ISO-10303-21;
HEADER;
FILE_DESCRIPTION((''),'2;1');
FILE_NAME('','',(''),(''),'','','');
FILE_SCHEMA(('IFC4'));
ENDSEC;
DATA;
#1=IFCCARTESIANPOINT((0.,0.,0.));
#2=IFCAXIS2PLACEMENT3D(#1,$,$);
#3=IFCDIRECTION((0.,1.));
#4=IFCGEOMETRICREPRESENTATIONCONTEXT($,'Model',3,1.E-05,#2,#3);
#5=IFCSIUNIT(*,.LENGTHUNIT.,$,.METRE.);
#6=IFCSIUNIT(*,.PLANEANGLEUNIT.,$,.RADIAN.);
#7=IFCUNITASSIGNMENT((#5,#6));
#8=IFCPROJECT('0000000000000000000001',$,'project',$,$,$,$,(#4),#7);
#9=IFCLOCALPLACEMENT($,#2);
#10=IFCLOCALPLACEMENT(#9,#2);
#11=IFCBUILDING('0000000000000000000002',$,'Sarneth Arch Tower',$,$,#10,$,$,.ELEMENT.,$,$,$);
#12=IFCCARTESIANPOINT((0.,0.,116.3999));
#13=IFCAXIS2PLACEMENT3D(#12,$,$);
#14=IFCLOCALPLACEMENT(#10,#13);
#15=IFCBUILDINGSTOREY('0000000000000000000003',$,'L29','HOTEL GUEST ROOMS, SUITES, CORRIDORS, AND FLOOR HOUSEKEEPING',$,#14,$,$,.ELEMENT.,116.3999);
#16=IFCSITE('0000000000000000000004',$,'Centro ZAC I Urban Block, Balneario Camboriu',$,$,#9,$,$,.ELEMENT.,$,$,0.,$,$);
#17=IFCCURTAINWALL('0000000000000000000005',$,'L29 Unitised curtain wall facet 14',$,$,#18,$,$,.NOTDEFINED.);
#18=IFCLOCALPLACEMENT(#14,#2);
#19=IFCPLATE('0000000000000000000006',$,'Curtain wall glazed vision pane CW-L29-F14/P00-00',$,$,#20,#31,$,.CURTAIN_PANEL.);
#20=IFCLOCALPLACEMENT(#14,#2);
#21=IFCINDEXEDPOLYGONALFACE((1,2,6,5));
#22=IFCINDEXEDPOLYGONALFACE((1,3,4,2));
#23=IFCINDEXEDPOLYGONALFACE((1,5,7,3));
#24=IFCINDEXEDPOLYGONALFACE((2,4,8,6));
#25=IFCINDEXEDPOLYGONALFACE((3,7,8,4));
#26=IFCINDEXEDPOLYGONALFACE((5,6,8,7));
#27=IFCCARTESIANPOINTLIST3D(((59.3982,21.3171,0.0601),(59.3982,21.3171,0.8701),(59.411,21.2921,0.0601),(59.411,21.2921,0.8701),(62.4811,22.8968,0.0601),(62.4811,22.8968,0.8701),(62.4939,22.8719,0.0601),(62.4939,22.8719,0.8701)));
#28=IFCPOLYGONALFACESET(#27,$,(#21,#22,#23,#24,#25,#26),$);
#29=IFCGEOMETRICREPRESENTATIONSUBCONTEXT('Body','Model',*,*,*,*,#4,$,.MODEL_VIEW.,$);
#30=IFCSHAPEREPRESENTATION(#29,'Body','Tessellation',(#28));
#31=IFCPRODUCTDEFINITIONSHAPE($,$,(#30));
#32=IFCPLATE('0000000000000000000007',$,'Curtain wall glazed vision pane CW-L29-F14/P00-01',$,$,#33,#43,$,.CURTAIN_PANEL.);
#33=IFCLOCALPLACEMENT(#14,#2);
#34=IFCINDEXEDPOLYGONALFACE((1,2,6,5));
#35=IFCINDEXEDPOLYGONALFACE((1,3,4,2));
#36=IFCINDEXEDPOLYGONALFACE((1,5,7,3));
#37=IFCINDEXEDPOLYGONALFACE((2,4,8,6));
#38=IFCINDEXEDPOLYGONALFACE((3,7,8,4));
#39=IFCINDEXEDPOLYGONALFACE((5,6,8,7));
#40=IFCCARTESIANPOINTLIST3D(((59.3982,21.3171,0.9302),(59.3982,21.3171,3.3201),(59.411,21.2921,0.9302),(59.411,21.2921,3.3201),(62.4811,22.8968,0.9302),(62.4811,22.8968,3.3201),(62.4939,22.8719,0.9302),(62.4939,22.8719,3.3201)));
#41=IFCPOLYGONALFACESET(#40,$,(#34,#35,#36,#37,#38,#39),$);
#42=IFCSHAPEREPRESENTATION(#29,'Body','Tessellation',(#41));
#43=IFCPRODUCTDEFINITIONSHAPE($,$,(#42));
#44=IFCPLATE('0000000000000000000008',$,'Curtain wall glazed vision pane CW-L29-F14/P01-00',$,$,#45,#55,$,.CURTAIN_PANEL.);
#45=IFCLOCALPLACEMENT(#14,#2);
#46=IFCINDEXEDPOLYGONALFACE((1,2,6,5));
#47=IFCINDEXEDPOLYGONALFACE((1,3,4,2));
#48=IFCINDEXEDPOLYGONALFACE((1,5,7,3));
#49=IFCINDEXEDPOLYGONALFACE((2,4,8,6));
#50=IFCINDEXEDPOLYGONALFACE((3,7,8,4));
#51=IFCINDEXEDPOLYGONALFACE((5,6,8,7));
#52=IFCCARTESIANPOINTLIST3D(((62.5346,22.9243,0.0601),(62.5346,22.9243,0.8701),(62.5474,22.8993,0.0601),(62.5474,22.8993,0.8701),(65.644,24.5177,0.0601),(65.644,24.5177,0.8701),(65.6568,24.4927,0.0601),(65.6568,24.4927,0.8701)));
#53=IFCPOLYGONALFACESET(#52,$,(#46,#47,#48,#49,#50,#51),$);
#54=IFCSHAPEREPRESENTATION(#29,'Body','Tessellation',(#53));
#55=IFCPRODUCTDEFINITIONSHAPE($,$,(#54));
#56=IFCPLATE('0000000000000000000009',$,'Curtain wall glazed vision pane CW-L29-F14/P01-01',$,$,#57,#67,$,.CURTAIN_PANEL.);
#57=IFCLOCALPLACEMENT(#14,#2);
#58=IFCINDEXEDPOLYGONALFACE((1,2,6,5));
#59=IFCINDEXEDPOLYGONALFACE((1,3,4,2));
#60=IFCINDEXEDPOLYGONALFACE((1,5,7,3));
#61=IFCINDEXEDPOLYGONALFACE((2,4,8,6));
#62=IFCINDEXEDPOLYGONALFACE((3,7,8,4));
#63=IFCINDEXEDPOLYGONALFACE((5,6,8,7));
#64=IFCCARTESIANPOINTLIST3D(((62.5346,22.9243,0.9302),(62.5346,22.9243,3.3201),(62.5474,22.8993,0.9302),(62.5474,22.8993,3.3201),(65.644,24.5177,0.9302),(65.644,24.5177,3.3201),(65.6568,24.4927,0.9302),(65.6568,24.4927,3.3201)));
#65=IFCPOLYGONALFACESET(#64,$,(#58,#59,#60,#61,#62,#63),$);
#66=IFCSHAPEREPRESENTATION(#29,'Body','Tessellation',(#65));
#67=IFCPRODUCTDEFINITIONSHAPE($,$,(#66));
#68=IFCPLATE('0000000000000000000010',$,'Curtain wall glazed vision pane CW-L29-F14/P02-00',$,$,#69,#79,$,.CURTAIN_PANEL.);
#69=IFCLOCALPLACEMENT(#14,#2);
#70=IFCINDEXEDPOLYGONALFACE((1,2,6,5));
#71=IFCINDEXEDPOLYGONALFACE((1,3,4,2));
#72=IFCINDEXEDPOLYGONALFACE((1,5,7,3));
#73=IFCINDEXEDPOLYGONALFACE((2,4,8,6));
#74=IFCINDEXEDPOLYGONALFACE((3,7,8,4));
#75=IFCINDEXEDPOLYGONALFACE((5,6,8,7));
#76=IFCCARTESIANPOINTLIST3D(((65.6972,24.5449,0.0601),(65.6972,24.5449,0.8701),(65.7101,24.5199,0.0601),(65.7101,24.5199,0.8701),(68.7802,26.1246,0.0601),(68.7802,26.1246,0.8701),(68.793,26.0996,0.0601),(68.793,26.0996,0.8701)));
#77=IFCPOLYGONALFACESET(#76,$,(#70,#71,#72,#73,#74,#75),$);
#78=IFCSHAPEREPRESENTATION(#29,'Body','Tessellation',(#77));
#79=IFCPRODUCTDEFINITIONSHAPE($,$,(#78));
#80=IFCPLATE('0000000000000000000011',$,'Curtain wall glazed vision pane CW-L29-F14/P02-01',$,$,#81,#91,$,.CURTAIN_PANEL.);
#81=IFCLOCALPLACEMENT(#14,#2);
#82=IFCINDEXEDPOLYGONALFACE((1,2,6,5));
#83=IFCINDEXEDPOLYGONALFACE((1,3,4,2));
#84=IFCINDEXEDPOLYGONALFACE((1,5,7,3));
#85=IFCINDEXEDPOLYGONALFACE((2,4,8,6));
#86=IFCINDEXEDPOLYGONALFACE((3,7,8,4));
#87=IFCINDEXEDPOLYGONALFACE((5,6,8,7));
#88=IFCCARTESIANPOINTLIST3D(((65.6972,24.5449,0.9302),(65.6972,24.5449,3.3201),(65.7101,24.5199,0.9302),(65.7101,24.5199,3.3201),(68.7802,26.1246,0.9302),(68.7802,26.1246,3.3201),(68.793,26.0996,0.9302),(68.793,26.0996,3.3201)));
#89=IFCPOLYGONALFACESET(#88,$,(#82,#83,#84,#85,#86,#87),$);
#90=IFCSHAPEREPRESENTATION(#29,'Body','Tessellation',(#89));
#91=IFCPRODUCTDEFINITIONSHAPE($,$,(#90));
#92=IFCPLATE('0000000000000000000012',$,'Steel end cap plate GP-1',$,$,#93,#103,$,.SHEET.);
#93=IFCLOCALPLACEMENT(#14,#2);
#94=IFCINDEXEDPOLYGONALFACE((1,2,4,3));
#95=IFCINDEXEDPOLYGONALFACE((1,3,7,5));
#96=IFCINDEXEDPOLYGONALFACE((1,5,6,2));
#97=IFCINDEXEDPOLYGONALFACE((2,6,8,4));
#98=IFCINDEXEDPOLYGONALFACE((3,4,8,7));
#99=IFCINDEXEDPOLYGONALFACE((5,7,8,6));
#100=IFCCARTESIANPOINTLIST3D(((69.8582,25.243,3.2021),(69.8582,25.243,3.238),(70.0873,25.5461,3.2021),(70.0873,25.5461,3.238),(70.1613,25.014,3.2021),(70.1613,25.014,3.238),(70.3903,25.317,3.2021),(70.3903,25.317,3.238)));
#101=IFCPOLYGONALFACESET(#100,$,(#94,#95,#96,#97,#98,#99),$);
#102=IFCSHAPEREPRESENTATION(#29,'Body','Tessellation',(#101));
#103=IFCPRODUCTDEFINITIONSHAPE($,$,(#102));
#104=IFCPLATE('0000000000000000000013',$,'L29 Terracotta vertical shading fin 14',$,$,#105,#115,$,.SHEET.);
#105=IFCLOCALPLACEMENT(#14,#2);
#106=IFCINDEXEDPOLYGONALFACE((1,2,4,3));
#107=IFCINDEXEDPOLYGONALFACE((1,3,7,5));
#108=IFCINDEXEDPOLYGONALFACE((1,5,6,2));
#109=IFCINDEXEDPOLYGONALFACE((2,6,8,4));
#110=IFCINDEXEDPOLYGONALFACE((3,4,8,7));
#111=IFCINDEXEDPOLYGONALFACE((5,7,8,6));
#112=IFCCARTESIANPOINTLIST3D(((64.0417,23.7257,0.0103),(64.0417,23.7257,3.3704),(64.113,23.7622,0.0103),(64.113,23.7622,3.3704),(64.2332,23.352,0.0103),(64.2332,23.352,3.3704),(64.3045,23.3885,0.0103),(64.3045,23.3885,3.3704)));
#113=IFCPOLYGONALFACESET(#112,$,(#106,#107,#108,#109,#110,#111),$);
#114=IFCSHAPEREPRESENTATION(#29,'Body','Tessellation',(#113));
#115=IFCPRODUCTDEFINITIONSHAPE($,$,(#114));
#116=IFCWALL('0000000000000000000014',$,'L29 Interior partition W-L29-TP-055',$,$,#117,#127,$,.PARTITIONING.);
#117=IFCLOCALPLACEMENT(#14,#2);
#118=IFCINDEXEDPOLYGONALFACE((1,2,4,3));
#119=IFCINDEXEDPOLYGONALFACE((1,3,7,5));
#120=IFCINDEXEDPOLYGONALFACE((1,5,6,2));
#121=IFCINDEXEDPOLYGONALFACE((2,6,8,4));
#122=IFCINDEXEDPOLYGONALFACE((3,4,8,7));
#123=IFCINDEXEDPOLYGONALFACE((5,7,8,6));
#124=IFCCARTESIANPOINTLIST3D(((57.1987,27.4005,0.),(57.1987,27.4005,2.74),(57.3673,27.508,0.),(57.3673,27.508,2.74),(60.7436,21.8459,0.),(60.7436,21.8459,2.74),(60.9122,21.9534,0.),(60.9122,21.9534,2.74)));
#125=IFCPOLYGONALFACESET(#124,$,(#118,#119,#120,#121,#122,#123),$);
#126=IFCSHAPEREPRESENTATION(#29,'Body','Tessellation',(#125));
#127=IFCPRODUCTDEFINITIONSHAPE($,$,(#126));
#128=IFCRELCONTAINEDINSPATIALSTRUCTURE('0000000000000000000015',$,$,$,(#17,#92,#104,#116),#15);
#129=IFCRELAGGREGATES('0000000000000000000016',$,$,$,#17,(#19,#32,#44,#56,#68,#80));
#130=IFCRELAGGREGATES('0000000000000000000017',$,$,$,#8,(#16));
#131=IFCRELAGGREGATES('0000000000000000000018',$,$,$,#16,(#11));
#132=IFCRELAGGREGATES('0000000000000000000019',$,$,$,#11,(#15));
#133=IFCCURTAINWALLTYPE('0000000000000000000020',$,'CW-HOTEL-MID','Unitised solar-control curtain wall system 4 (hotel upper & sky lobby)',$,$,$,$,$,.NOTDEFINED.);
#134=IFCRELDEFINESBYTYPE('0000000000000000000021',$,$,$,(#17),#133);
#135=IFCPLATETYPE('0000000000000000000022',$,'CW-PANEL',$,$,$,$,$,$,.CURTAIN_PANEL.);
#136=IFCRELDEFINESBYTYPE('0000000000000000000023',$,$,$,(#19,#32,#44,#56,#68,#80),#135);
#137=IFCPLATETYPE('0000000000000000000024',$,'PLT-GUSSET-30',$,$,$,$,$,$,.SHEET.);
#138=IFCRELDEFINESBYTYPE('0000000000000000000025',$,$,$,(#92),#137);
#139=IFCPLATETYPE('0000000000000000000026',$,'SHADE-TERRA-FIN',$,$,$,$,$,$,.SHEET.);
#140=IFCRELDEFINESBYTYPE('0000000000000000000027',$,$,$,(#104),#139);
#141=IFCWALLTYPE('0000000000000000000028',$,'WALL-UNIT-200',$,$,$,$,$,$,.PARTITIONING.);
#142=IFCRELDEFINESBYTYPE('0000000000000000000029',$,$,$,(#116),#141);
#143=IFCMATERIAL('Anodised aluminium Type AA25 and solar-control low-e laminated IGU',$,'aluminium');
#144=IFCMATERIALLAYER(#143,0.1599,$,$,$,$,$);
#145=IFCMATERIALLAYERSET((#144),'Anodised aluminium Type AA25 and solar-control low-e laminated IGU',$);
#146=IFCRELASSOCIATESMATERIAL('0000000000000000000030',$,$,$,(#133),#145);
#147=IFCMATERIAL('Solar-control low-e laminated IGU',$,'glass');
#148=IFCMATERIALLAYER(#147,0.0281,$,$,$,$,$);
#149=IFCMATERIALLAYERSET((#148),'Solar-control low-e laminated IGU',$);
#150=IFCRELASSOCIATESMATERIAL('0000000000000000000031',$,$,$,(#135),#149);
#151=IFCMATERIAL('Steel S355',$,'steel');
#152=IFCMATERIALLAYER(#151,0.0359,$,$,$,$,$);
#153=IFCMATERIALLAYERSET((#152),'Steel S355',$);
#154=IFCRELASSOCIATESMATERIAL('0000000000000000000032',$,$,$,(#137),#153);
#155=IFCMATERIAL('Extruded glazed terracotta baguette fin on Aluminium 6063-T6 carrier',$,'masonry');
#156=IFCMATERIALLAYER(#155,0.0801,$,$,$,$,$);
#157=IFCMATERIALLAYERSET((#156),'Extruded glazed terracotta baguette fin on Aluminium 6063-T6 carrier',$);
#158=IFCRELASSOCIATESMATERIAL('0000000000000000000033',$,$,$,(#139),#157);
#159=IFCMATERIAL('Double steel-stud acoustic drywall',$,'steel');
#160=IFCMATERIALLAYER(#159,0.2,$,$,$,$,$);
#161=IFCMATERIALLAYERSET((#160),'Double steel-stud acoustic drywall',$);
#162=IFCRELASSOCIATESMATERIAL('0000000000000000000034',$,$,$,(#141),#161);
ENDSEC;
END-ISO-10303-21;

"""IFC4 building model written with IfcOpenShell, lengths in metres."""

from ifc_helpers import new_model, si_unit, direction, frame, frame_2d, origin, origin_2d, place, context, subcontext, project, spatial, rectangle, extrude, material, layer, layer_set, type_object, element, aggregate, save


model = new_model("IFC4")

# Units and contexts
model_context = context("Model", 3, precision=1e-05, world=origin(), true_north=direction((0.0, 1.0)))
body_context = subcontext(model_context, "Body", "Model", "MODEL_VIEW")
ifc_project = project(units=[si_unit("LENGTHUNIT", "METRE"), si_unit("PLANEANGLEUNIT", "RADIAN")], contexts=[model_context])

# Site, building, storey
site_placement = place(None, origin())
site = spatial("IfcSite", under=ifc_project, at=site_placement, Name="Centro ZAC I Urban Block, Balneario Camboriu", CompositionType="ELEMENT", RefElevation=0.0)
building_placement = place(site_placement, origin())
building = spatial("IfcBuilding", under=site, at=building_placement, Name="Sarneth Arch Tower", CompositionType="ELEMENT")
storey_placement = place(building_placement, frame((0.0, 0.0, 116.3999)))
storey = spatial("IfcBuildingStorey", under=building, at=storey_placement, Name="L29", Description="HOTEL GUEST ROOMS, SUITES, CORRIDORS, AND FLOOR HOUSEKEEPING", CompositionType="ELEMENT", Elevation=116.3999)

# Curtain wall, plates
ifc_material_1 = material(Name="Anodised aluminium Type AA25 and solar-control low-e laminated IGU", Category="aluminium")
ifc_layer_1 = layer(ifc_material_1, 0.1599)
ifc_layer_set_1 = layer_set([ifc_layer_1], Name="Anodised aluminium Type AA25 and solar-control low-e laminated IGU")
curtain_wall_type = type_object("IfcCurtainWallType", Name="CW-HOTEL-MID", Description="Unitised solar-control curtain wall system 4 (hotel upper & sky lobby)", PredefinedType="NOTDEFINED", material=ifc_layer_set_1)
curtain_wall_placement = place(storey_placement, origin())
curtain_wall = element("IfcCurtainWall", 1, at=curtain_wall_placement, inside=storey, type_object=curtain_wall_type, Name="L29 Unitised curtain wall facet 14", PredefinedType="NOTDEFINED")
ifc_material_2 = material(Name="Solar-control low-e laminated IGU", Category="glass")
ifc_layer_2 = layer(ifc_material_2, 0.0281)
ifc_layer_set_2 = layer_set([ifc_layer_2], Name="Solar-control low-e laminated IGU")
plate_type_1 = type_object("IfcPlateType", Name="CW-PANEL", PredefinedType="CURTAIN_PANEL", material=ifc_layer_set_2)
plate_1_placement = place(storey_placement, frame((60.946, 22.0945, 0.0601), z_axis=(0.0, 0.0, 1.0), x_axis=(0.889964, 0.456031, 0.0)))
plate_1 = element("IfcPlate", 2, at=plate_1_placement, type_object=plate_type_1, Name="Curtain wall glazed vision pane CW-L29-F14/P00-00", PredefinedType="CURTAIN_PANEL", context=body_context, shape_type="SweptSolid", body=[
    extrude(rectangle(XDim=3.4641, YDim=0.0281, at=origin_2d()), origin(), (0.0, 0.0, 1.0), 0.8101),
])
plate_2_placement = place(storey_placement, frame((60.946, 22.0945, 0.9302), z_axis=(0.0, 0.0, 1.0), x_axis=(0.889964, 0.456031, 0.0)))
plate_2 = element("IfcPlate", 3, at=plate_2_placement, type_object=plate_type_1, Name="Curtain wall glazed vision pane CW-L29-F14/P00-01", PredefinedType="CURTAIN_PANEL", context=body_context, shape_type="SweptSolid", body=[
    extrude(rectangle(XDim=3.4641, YDim=0.0281, at=origin_2d()), origin(), (0.0, 0.0, 1.0), 2.3899),
])
plate_3_placement = place(storey_placement, frame((64.0957, 23.7085, 0.0601), z_axis=(0.0, 0.0, 1.0), x_axis=(0.889964, 0.456031, 0.0)))
plate_3 = element("IfcPlate", 4, at=plate_3_placement, type_object=plate_type_1, Name="Curtain wall glazed vision pane CW-L29-F14/P01-00", PredefinedType="CURTAIN_PANEL", context=body_context, shape_type="SweptSolid", body=[
    extrude(rectangle(XDim=3.4939, YDim=0.0281, at=origin_2d()), origin(), (0.0, 0.0, 1.0), 0.8101),
])
plate_4_placement = place(storey_placement, frame((64.0957, 23.7085, 0.9302), z_axis=(0.0, 0.0, 1.0), x_axis=(0.889964, 0.456031, 0.0)))
plate_4 = element("IfcPlate", 5, at=plate_4_placement, type_object=plate_type_1, Name="Curtain wall glazed vision pane CW-L29-F14/P01-01", PredefinedType="CURTAIN_PANEL", context=body_context, shape_type="SweptSolid", body=[
    extrude(rectangle(XDim=3.4939, YDim=0.0281, at=origin_2d()), origin(), (0.0, 0.0, 1.0), 2.3899),
])
plate_5_placement = place(storey_placement, frame((67.2451, 25.3223, 0.0601), z_axis=(0.0, 0.0, 1.0), x_axis=(0.889964, 0.456031, 0.0)))
plate_5 = element("IfcPlate", 6, at=plate_5_placement, type_object=plate_type_1, Name="Curtain wall glazed vision pane CW-L29-F14/P02-00", PredefinedType="CURTAIN_PANEL", context=body_context, shape_type="SweptSolid", body=[
    extrude(rectangle(XDim=3.4641, YDim=0.0281, at=origin_2d()), origin(), (0.0, 0.0, 1.0), 0.8101),
])
plate_6_placement = place(storey_placement, frame((67.2451, 25.3223, 0.9302), z_axis=(0.0, 0.0, 1.0), x_axis=(0.889964, 0.456031, 0.0)))
plate_6 = element("IfcPlate", 7, at=plate_6_placement, type_object=plate_type_1, Name="Curtain wall glazed vision pane CW-L29-F14/P02-01", PredefinedType="CURTAIN_PANEL", context=body_context, shape_type="SweptSolid", body=[
    extrude(rectangle(XDim=3.4641, YDim=0.0281, at=origin_2d()), origin(), (0.0, 0.0, 1.0), 2.3899),
])
aggregate(curtain_wall, [plate_1, plate_2, plate_3, plate_4, plate_5, plate_6])

# Plates
ifc_material_3 = material(Name="Steel S355", Category="steel")
ifc_layer_3 = layer(ifc_material_3, 0.0359)
ifc_layer_set_3 = layer_set([ifc_layer_3], Name="Steel S355")
plate_type_2 = type_object("IfcPlateType", Name="PLT-GUSSET-30", PredefinedType="SHEET", material=ifc_layer_set_3)
plate_7_placement = place(storey_placement, frame((70.1243, 25.28, 3.2021), z_axis=(0.0, 0.0, 1.0), x_axis=(0.797794, -0.60293, 0.0)))
element("IfcPlate", 8, at=plate_7_placement, inside=storey, type_object=plate_type_2, Name="Steel end cap plate GP-1", PredefinedType="SHEET", context=body_context, shape_type="SweptSolid", body=[
    extrude(rectangle(XDim=0.3799, YDim=0.3799, at=origin_2d()), origin(), (0.0, 0.0, 1.0), 0.0359),
])
ifc_material_4 = material(Name="Extruded glazed terracotta baguette fin on Aluminium 6063-T6 carrier", Category="masonry")
ifc_layer_4 = layer(ifc_material_4, 0.0801)
ifc_layer_set_4 = layer_set([ifc_layer_4], Name="Extruded glazed terracotta baguette fin on Aluminium 6063-T6 carrier")
plate_type_3 = type_object("IfcPlateType", Name="SHADE-TERRA-FIN", PredefinedType="SHEET", material=ifc_layer_set_4)
plate_8_placement = place(storey_placement, frame((64.1731, 23.5571, 0.0103), z_axis=(0.0, 0.0, 1.0), x_axis=(0.456011, -0.889974, 0.0)))
element("IfcPlate", 9, at=plate_8_placement, inside=storey, type_object=plate_type_3, Name="L29 Terracotta vertical shading fin 14", PredefinedType="SHEET", context=body_context, shape_type="SweptSolid", body=[
    extrude(rectangle(XDim=0.4199, YDim=0.0801, at=origin_2d()), origin(), (0.0, 0.0, 1.0), 3.3601),
])

# Wall
ifc_material_5 = material(Name="Double steel-stud acoustic drywall", Category="steel")
ifc_layer_5 = layer(ifc_material_5, 0.2)
ifc_layer_set_5 = layer_set([ifc_layer_5], Name="Double steel-stud acoustic drywall")
wall_type = type_object("IfcWallType", Name="WALL-UNIT-200", PredefinedType="PARTITIONING", material=ifc_layer_set_5)
wall_placement = place(storey_placement, frame((60.8279, 21.8997, 0.0), z_axis=(0.0, 0.0, 1.0), x_axis=(-0.537968, 0.842965, 0.0)))
element("IfcWall", 10, at=wall_placement, inside=storey, type_object=wall_type, Name="L29 Interior partition W-L29-TP-055", PredefinedType="PARTITIONING", context=body_context, shape_type="SweptSolid", body=[
    extrude(rectangle(XDim=6.5894, YDim=0.2, at=frame_2d((3.2947, 0.0))), origin(), (0.0, 0.0, 1.0), 2.74),
])

save(model, "model.ifc")
